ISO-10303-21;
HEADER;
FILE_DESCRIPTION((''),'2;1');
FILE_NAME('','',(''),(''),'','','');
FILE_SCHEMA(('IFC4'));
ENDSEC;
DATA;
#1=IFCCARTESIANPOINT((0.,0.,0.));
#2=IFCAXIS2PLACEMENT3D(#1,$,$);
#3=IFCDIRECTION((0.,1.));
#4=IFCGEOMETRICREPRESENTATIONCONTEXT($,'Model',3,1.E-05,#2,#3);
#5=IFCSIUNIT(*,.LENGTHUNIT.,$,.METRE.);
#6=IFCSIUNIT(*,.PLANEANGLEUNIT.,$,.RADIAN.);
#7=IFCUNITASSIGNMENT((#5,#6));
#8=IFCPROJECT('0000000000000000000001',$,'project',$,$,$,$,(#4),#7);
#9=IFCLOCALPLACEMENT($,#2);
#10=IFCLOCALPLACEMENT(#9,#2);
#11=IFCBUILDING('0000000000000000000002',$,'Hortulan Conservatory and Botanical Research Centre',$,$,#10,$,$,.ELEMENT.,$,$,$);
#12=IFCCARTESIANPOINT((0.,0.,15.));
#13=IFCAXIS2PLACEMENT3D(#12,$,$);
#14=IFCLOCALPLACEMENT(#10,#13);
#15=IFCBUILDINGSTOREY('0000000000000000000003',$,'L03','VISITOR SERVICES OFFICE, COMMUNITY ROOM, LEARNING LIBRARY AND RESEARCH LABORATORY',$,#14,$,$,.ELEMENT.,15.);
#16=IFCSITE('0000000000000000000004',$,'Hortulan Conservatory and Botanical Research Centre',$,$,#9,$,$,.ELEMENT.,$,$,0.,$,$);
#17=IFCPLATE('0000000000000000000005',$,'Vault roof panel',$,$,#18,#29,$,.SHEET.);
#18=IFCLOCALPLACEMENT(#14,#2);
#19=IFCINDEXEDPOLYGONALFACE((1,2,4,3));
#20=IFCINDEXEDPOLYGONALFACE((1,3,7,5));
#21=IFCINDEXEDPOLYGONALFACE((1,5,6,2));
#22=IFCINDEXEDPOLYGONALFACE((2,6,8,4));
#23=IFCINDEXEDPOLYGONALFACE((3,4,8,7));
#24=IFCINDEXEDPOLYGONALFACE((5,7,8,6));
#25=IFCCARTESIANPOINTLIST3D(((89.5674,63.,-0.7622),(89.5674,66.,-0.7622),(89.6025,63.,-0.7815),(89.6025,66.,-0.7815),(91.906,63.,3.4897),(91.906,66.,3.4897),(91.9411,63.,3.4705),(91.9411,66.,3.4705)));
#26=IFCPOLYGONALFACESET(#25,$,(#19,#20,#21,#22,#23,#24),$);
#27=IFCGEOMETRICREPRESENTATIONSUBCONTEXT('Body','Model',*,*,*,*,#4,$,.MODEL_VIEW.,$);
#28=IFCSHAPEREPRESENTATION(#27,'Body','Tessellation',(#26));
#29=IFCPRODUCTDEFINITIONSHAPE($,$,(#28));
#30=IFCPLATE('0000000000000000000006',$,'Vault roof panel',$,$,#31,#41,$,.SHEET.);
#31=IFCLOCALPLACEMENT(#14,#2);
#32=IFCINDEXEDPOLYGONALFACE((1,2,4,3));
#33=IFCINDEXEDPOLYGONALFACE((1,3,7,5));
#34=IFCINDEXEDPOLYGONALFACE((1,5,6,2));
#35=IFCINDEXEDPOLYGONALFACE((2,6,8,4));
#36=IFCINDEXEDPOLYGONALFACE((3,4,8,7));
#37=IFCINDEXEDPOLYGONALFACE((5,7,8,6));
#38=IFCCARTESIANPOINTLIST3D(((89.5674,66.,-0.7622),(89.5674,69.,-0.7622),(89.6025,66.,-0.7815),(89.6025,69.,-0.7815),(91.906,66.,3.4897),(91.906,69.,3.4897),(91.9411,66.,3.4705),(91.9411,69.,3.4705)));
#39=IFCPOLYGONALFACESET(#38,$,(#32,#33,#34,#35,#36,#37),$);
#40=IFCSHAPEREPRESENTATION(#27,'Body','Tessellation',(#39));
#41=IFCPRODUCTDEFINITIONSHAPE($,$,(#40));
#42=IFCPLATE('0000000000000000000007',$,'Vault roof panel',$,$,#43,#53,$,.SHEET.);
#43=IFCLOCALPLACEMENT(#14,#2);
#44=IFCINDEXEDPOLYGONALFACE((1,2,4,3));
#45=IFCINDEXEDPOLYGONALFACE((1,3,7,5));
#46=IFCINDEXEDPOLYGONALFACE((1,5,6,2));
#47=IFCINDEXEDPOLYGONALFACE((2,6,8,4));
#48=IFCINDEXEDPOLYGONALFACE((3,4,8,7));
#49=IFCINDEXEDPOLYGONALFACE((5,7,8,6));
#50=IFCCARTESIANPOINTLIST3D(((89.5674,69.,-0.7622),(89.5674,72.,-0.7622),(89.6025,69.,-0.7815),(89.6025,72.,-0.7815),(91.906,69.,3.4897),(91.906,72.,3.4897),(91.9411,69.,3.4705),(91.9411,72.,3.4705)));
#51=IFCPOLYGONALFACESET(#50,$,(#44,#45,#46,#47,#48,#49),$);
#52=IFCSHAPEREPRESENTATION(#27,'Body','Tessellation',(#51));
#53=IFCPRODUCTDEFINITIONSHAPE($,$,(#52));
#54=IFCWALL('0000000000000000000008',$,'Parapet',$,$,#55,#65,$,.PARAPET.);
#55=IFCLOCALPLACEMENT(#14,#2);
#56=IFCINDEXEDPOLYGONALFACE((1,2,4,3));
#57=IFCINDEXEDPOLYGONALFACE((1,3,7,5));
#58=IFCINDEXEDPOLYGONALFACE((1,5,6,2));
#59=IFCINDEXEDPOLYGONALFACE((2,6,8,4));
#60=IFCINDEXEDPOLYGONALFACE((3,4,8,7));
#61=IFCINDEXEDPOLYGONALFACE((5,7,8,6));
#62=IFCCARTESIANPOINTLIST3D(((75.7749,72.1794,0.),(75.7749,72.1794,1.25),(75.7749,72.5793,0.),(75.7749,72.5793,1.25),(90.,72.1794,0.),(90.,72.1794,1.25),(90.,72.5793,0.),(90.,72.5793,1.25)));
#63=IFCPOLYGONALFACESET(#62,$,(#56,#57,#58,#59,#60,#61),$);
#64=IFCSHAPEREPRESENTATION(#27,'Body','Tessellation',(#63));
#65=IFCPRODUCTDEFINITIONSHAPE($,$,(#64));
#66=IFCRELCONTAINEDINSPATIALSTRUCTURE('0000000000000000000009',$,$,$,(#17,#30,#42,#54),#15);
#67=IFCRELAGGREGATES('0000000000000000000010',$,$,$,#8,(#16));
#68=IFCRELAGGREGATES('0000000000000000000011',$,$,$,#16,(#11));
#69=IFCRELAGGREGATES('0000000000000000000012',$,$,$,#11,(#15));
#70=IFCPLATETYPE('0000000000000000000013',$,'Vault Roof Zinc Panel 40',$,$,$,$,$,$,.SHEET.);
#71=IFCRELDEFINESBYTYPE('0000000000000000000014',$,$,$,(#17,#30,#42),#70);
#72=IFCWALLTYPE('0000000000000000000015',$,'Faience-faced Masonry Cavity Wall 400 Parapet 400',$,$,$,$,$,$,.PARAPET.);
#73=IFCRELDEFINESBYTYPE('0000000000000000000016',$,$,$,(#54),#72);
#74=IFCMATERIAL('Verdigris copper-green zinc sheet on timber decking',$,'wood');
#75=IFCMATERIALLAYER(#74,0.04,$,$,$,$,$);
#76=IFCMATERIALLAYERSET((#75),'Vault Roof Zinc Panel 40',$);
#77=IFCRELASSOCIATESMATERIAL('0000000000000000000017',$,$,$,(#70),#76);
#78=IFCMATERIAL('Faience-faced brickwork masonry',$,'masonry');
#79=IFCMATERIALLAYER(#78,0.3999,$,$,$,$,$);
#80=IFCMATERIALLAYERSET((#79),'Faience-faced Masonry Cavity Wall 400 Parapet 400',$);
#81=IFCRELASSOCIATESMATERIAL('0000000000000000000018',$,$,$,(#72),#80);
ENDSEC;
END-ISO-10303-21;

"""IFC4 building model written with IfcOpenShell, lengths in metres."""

from ifc_helpers import new_model, si_unit, direction, frame, frame_2d, origin, place, context, subcontext, project, spatial, polyline, rectangle, outline, extrude, material, layer, layer_set, type_object, element, save


model = new_model("IFC4")

# Units and contexts
model_context = context("Model", 3, precision=1e-05, world=origin(), true_north=direction((0.0, 1.0)))
body_context = subcontext(model_context, "Body", "Model", "MODEL_VIEW")
ifc_project = project(units=[si_unit("LENGTHUNIT", "METRE"), si_unit("PLANEANGLEUNIT", "RADIAN")], contexts=[model_context])

# Site, building, storey
site_placement = place(None, origin())
site = spatial("IfcSite", under=ifc_project, at=site_placement, Name="Hortulan Conservatory and Botanical Research Centre", CompositionType="ELEMENT", RefElevation=0.0)
building_placement = place(site_placement, origin())
building = spatial("IfcBuilding", under=site, at=building_placement, Name="Hortulan Conservatory and Botanical Research Centre", CompositionType="ELEMENT")
storey_placement = place(building_placement, frame((0.0, 0.0, 15.0)))
storey = spatial("IfcBuildingStorey", under=building, at=storey_placement, Name="L03", Description="VISITOR SERVICES OFFICE, COMMUNITY ROOM, LEARNING LIBRARY AND RESEARCH LABORATORY", CompositionType="ELEMENT", Elevation=15.0)

# Plates
ifc_material_1 = material(Name="Verdigris copper-green zinc sheet on timber decking", Category="wood")
ifc_layer_1 = layer(ifc_material_1, 0.04)
ifc_layer_set_1 = layer_set([ifc_layer_1], Name="Vault Roof Zinc Panel 40")
plate_type = type_object("IfcPlateType", Name="Vault Roof Zinc Panel 40", PredefinedType="SHEET", material=ifc_layer_set_1)
for number, where, z_axis, x_axis, name in (
    (1, (89.5674, 63.0, -0.7622), (-0.876212, 0.0, 0.481926), (0.481926, 0.0, 0.876212), "Vault roof panel"),
    (2, (89.5674, 66.0, -0.7622), (-0.876212, 0.0, 0.481926), (0.481926, 0.0, 0.876212), "Vault roof panel"),
    (3, (89.5674, 69.0, -0.7622), (-0.876212, 0.0, 0.481926), (0.481926, 0.0, 0.876212), "Vault roof panel"),
):
    element("IfcPlate", number, at=place(storey_placement, frame(where, z_axis=z_axis, x_axis=x_axis)), inside=storey, type_object=plate_type, Name=name, PredefinedType="SHEET", context=body_context, shape_type="SweptSolid", body=[
        extrude(outline(polyline([(0.0, 0.0), (4.8527, 0.0), (4.8527, 3.0), (0.0, 3.0), (0.0, 0.0)])), origin(), (0.0, 0.0, -1.0), 0.04),
    ])

# Wall
ifc_material_2 = material(Name="Faience-faced brickwork masonry", Category="masonry")
ifc_layer_2 = layer(ifc_material_2, 0.3999)
ifc_layer_set_2 = layer_set([ifc_layer_2], Name="Faience-faced Masonry Cavity Wall 400 Parapet 400")
wall_type = type_object("IfcWallType", Name="Faience-faced Masonry Cavity Wall 400 Parapet 400", PredefinedType="PARAPET", material=ifc_layer_set_2)
wall_placement = place(storey_placement, frame((75.7749, 72.3794, 0.0), z_axis=(0.0, 0.0, 1.0), x_axis=(1.0, 0.0, 0.0)))
element("IfcWall", 4, at=wall_placement, inside=storey, type_object=wall_type, Name="Parapet", PredefinedType="PARAPET", context=body_context, shape_type="SweptSolid", body=[
    extrude(rectangle(XDim=14.2251, YDim=0.3999, at=frame_2d((7.1125, 0.0))), origin(), (0.0, 0.0, 1.0), 1.25),
])

save(model, "model.ifc")
